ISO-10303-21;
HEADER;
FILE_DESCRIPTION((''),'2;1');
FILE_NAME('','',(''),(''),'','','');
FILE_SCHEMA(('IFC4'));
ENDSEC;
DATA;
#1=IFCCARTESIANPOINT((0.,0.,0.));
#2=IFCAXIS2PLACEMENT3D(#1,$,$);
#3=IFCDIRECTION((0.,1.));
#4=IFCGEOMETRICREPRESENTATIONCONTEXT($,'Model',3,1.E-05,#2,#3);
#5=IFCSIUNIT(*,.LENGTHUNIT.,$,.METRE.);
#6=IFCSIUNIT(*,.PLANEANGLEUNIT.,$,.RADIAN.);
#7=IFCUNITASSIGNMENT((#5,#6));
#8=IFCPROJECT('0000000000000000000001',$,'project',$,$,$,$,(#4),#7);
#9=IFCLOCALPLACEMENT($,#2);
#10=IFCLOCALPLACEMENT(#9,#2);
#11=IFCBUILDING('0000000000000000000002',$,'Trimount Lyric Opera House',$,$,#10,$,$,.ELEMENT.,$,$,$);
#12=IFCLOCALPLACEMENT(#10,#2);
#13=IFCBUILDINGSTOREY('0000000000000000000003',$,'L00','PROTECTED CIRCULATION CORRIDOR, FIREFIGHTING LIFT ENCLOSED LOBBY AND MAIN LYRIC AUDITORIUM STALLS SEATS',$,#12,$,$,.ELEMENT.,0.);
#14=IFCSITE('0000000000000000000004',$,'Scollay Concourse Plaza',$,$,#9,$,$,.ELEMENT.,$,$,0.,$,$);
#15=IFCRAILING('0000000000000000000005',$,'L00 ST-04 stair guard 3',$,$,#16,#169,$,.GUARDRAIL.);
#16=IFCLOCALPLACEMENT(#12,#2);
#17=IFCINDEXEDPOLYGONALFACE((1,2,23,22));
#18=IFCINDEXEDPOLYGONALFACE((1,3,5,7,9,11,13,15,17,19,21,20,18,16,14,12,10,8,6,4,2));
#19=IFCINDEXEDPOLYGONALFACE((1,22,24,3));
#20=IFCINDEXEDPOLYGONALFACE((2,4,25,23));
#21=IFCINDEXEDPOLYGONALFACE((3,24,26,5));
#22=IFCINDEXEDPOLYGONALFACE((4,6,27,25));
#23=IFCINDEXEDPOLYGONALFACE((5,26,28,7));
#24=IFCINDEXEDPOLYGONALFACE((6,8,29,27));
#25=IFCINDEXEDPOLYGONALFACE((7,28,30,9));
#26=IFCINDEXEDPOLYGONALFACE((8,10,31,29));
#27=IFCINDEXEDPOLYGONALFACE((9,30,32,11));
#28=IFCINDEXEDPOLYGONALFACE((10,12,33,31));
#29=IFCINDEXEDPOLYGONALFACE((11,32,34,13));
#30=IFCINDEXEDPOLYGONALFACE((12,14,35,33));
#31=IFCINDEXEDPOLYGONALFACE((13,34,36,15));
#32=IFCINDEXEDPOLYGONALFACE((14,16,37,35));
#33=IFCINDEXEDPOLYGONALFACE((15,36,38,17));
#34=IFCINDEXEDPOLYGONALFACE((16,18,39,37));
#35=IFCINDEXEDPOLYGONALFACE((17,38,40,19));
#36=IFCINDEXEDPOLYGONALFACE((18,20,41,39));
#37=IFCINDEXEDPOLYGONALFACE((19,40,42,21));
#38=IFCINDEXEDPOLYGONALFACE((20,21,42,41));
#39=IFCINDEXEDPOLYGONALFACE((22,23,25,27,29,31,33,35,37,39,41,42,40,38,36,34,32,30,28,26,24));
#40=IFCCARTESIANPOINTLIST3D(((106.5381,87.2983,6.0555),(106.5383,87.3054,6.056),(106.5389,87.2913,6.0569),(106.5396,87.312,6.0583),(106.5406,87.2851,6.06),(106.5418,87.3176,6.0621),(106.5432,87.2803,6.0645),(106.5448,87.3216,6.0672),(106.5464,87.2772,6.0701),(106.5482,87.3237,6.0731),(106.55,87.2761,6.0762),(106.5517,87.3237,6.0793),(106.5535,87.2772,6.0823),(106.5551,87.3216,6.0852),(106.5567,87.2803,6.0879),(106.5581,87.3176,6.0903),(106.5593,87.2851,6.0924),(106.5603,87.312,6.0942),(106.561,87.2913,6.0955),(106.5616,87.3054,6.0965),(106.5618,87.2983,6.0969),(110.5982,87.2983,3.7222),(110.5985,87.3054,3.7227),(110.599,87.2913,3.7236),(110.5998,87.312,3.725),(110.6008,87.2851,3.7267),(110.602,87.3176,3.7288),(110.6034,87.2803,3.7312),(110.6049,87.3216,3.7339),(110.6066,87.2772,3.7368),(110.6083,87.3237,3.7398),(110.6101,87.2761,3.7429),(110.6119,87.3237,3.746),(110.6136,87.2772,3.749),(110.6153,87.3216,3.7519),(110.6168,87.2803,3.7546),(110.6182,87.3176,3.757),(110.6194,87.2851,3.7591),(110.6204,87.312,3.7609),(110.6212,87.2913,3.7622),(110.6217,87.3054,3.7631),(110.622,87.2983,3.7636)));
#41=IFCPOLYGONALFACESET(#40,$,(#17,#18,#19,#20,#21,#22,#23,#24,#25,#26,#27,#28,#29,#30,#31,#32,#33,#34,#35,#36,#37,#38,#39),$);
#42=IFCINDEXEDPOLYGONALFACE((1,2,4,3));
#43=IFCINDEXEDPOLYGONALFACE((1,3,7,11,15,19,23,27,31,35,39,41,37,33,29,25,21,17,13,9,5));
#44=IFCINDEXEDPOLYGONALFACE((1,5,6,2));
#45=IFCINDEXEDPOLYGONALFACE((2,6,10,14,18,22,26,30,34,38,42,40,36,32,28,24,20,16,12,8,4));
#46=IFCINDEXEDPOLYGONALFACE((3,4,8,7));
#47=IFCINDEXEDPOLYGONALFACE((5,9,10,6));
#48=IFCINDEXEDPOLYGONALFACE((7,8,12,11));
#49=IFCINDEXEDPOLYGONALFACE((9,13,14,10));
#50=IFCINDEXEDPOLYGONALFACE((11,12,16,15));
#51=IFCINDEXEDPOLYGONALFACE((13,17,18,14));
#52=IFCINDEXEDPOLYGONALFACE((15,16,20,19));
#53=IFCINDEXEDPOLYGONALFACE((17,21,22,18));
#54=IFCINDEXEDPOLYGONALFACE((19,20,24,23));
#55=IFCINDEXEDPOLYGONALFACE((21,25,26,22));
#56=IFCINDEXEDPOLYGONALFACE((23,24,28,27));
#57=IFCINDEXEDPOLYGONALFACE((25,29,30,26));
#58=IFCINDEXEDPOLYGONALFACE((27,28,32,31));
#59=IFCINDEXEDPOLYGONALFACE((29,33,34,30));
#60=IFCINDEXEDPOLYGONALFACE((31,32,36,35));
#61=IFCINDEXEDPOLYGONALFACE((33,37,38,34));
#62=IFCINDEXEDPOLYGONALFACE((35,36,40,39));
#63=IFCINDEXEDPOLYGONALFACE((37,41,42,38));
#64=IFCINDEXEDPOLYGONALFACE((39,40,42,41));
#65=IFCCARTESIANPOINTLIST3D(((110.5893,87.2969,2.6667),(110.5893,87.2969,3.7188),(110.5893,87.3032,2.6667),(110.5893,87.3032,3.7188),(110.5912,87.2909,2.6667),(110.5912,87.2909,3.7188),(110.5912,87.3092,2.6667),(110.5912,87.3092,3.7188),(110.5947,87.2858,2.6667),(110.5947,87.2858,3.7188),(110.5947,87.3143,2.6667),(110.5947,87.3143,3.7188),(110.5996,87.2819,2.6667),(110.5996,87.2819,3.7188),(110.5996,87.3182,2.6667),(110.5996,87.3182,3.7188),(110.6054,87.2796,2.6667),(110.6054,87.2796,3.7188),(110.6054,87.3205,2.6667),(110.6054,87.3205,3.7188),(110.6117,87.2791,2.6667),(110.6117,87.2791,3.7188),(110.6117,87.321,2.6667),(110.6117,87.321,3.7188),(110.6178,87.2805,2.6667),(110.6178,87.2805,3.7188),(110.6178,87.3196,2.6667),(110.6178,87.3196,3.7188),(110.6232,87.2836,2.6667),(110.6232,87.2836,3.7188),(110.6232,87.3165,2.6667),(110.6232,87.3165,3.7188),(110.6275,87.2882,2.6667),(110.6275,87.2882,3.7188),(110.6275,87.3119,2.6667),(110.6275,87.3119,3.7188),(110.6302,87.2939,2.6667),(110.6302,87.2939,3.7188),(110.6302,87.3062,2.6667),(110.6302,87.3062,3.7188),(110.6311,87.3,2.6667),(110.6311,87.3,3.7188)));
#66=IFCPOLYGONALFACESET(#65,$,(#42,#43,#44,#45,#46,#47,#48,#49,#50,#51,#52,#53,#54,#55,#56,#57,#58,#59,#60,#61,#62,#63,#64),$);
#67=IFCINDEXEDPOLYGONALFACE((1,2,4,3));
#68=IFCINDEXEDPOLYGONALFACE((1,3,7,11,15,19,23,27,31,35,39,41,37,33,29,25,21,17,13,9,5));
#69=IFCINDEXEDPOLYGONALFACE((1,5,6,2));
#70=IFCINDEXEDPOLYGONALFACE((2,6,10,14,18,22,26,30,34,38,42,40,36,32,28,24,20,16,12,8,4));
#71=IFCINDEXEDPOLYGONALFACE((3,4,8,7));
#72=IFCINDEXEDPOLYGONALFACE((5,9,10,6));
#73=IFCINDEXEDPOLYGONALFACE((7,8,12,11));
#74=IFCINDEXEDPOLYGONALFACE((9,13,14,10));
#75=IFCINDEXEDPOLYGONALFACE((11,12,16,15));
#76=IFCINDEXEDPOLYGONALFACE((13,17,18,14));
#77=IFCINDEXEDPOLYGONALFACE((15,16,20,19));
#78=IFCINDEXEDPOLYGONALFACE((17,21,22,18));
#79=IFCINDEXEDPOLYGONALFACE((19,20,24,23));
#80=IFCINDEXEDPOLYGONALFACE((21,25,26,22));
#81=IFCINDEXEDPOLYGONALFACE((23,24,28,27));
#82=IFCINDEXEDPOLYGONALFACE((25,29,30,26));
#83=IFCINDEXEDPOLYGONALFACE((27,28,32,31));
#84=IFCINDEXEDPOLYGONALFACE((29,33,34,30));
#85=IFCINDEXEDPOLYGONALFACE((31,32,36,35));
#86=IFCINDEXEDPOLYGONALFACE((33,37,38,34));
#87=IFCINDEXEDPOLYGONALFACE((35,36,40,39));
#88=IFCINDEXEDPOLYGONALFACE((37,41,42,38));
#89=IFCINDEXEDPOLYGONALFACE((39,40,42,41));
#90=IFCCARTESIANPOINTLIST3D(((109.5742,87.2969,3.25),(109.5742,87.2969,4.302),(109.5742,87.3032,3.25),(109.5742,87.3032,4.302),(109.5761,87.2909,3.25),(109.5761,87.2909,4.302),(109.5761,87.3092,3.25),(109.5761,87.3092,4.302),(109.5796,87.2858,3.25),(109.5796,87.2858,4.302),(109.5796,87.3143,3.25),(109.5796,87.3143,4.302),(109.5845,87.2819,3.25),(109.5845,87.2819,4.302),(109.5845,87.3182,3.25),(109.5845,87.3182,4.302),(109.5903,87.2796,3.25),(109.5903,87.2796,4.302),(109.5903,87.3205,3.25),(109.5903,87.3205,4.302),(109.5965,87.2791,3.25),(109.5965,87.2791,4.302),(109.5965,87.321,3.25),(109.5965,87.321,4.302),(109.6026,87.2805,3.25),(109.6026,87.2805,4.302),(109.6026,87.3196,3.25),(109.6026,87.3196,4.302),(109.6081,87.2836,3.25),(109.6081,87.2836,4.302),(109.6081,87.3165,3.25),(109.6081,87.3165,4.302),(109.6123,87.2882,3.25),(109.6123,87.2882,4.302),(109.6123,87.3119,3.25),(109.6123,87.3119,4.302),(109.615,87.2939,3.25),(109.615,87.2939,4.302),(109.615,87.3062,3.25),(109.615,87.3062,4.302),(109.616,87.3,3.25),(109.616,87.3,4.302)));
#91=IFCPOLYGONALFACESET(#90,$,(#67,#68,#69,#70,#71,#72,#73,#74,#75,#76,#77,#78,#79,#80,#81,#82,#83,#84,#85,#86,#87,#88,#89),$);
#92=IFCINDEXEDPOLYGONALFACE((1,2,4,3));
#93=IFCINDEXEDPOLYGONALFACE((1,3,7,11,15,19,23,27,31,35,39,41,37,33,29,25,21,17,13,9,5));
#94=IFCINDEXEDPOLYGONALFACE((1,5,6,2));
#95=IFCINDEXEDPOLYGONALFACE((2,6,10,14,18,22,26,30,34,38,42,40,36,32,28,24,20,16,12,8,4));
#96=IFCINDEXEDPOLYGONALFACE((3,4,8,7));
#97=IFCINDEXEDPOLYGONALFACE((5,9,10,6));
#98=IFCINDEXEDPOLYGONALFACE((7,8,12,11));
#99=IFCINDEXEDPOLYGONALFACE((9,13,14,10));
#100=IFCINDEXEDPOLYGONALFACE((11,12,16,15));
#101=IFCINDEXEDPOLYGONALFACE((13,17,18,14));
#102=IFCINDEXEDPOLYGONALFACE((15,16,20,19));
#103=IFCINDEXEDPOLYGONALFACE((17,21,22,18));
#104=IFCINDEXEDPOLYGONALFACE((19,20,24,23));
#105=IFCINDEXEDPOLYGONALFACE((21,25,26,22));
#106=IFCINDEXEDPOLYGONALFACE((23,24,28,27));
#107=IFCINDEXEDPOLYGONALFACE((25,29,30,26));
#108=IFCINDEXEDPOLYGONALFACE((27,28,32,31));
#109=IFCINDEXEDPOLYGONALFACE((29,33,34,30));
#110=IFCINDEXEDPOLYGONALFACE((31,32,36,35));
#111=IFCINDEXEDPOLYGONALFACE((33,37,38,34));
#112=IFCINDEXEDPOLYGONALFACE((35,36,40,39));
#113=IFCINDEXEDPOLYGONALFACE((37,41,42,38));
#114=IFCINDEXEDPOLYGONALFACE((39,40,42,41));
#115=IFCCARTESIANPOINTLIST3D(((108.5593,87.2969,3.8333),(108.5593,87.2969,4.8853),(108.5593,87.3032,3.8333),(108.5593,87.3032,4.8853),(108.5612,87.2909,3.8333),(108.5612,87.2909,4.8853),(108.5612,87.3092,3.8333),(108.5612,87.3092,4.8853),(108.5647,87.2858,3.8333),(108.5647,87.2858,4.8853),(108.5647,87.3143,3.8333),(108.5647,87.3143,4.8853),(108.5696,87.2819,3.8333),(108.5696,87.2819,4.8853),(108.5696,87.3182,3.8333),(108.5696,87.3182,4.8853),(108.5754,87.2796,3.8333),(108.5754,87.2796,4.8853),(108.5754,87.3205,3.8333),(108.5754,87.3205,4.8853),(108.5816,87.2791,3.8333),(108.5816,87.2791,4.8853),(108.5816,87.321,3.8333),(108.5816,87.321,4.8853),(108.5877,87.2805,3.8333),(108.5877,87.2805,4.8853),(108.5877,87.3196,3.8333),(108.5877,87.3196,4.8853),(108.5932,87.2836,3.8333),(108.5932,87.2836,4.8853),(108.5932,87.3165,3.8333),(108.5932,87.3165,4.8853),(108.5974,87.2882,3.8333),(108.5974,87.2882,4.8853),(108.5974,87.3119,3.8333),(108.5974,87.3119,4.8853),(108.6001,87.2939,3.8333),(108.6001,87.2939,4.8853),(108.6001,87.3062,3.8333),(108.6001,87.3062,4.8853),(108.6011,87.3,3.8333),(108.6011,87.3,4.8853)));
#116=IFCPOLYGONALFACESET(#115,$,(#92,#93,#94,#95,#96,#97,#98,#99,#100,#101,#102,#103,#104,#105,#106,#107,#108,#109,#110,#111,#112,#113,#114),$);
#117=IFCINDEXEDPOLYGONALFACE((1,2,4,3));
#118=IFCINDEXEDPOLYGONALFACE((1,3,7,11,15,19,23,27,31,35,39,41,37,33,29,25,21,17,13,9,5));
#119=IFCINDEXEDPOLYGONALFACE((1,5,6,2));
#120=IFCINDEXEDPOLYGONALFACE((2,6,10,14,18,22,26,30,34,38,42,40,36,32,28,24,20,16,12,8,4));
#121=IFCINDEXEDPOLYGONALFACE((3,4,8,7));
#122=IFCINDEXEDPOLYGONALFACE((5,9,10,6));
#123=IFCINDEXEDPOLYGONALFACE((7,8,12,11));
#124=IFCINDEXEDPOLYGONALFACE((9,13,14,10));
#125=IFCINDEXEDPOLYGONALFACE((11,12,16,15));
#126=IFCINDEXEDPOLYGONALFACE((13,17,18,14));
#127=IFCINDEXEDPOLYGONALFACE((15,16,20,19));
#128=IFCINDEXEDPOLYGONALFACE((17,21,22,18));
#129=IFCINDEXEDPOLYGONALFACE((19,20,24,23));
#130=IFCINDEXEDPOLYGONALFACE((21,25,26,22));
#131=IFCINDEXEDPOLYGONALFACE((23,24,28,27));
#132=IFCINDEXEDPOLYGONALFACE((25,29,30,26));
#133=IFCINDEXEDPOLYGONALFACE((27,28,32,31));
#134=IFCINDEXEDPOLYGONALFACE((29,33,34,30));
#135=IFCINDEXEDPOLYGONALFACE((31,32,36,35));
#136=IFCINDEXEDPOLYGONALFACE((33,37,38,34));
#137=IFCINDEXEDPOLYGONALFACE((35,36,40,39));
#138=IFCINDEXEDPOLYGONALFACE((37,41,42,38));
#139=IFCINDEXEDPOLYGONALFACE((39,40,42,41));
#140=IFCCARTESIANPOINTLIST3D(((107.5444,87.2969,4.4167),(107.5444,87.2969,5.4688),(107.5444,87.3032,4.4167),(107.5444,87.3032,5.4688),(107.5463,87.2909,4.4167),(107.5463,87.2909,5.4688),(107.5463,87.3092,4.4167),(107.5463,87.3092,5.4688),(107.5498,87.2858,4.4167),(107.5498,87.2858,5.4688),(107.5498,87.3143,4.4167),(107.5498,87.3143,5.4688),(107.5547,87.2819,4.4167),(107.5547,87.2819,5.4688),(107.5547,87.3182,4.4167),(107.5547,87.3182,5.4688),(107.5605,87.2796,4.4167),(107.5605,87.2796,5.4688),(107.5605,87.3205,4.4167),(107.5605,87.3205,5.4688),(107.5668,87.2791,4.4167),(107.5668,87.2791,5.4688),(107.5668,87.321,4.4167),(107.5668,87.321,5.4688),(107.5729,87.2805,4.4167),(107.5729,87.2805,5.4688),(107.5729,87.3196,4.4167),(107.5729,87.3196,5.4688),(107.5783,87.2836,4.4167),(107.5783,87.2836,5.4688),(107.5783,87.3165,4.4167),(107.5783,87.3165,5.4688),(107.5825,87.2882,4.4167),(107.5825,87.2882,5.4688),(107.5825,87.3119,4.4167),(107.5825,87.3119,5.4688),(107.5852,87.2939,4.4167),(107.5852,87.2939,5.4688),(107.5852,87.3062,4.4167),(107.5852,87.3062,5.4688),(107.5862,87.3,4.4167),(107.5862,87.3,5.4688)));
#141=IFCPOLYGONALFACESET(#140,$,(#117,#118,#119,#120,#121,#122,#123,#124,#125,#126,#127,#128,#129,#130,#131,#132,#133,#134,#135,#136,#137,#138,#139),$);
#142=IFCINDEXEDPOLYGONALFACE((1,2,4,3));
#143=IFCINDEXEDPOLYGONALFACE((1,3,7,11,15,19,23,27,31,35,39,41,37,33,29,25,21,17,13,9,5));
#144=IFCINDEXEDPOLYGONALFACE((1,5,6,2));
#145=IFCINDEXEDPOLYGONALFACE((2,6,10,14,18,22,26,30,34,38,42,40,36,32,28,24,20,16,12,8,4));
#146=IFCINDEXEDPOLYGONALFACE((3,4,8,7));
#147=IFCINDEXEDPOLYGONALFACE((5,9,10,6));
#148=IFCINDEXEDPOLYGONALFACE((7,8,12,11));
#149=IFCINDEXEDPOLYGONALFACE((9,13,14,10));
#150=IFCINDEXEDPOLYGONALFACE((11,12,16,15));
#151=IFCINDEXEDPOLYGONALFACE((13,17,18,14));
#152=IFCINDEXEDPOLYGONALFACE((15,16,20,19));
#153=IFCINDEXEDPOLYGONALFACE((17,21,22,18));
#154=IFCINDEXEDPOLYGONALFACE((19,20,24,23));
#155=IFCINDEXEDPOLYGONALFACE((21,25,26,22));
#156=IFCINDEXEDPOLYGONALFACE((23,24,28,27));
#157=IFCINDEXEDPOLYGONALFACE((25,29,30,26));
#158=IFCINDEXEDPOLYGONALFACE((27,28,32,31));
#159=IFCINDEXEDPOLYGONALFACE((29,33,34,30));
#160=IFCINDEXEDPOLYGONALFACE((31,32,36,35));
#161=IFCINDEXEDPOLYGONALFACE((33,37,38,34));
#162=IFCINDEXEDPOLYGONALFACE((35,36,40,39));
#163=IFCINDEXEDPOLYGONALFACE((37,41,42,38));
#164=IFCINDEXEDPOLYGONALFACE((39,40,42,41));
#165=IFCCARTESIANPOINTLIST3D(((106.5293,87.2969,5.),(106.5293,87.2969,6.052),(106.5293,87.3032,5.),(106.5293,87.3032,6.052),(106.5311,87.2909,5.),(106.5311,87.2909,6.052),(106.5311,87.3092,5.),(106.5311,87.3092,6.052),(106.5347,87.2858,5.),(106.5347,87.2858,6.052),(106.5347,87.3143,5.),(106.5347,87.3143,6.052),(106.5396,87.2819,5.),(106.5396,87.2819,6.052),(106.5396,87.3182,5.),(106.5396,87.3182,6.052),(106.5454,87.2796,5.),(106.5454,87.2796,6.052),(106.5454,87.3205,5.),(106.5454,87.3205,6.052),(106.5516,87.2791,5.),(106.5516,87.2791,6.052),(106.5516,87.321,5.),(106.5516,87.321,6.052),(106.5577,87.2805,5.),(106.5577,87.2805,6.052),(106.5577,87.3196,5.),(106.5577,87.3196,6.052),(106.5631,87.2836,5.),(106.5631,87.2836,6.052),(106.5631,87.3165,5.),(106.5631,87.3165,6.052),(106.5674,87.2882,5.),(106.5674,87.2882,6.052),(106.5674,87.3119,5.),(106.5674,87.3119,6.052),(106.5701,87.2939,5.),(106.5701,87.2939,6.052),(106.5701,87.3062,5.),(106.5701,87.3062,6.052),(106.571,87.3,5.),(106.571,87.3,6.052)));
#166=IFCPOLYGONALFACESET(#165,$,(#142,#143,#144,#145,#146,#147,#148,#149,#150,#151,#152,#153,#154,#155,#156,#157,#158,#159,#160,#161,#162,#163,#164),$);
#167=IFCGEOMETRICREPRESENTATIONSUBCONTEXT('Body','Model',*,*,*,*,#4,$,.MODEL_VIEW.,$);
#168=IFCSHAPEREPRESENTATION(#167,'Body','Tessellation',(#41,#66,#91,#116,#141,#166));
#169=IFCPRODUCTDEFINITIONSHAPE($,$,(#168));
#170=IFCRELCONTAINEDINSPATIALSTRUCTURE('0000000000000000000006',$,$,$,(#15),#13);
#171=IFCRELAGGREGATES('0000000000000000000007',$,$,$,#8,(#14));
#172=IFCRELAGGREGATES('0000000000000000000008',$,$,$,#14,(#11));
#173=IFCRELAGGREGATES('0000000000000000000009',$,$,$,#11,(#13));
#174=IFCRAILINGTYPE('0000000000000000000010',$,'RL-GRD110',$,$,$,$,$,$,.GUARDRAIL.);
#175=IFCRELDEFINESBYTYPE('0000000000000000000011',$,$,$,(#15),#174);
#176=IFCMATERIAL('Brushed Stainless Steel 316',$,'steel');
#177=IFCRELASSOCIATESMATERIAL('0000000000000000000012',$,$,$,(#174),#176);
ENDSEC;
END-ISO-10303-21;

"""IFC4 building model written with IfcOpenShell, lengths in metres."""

from ifc_helpers import new_model, si_unit, direction, frame, origin, origin_2d, place, context, subcontext, project, spatial, circle, extrude, material, type_object, element, save


model = new_model("IFC4")

# Units and contexts
model_context = context("Model", 3, precision=1e-05, world=origin(), true_north=direction((0.0, 1.0)))
body_context = subcontext(model_context, "Body", "Model", "MODEL_VIEW")
ifc_project = project(units=[si_unit("LENGTHUNIT", "METRE"), si_unit("PLANEANGLEUNIT", "RADIAN")], contexts=[model_context])

# Site, building, storey
site_placement = place(None, origin())
site = spatial("IfcSite", under=ifc_project, at=site_placement, Name="Scollay Concourse Plaza", CompositionType="ELEMENT", RefElevation=0.0)
building_placement = place(site_placement, origin())
building = spatial("IfcBuilding", under=site, at=building_placement, Name="Trimount Lyric Opera House", CompositionType="ELEMENT")
storey_placement = place(building_placement, origin())
storey = spatial("IfcBuildingStorey", under=building, at=storey_placement, Name="L00", Description="PROTECTED CIRCULATION CORRIDOR, FIREFIGHTING LIFT ENCLOSED LOBBY AND MAIN LYRIC AUDITORIUM STALLS SEATS", CompositionType="ELEMENT", Elevation=0.0)

# Railing
ifc_material_1 = material(Name="Brushed Stainless Steel 316", Category="steel")
railing_type_1 = type_object("IfcRailingType", Name="RL-GRD110", PredefinedType="GUARDRAIL", material=ifc_material_1)
railing_1_placement = place(storey_placement, frame((110.6101, 87.3, 2.6667)))
element("IfcRailing", 1, at=railing_1_placement, inside=storey, type_object=railing_type_1, Name="L00 ST-04 stair guard 3", PredefinedType="GUARDRAIL", context=body_context, shape_type="SweptSolid", body=[
    extrude(circle(Radius=0.0239, at=origin_2d()), frame((0.0, 0.0, 1.0762), z_axis=(-0.867025, 0.0, 0.498265), x_axis=(0.0, -1.0, 0.0)), (0.0, 0.0, 1.0), 4.6829),
    extrude(circle(Radius=0.021, at=origin_2d()), origin(), (0.0, 0.0, 1.0), 1.052),
    extrude(circle(Radius=0.021, at=origin_2d()), frame((-1.0151, 0.0, 0.5833)), (0.0, 0.0, 1.0), 1.052),
    extrude(circle(Radius=0.021, at=origin_2d()), frame((-2.03, 0.0, 1.1665)), (0.0, 0.0, 1.0), 1.052),
    extrude(circle(Radius=0.021, at=origin_2d()), frame((-3.0449, 0.0, 1.75)), (0.0, 0.0, 1.0), 1.052),
    extrude(circle(Radius=0.021, at=origin_2d()), frame((-4.0601, 0.0, 2.3333)), (0.0, 0.0, 1.0), 1.052),
])

save(model, "model.ifc")
